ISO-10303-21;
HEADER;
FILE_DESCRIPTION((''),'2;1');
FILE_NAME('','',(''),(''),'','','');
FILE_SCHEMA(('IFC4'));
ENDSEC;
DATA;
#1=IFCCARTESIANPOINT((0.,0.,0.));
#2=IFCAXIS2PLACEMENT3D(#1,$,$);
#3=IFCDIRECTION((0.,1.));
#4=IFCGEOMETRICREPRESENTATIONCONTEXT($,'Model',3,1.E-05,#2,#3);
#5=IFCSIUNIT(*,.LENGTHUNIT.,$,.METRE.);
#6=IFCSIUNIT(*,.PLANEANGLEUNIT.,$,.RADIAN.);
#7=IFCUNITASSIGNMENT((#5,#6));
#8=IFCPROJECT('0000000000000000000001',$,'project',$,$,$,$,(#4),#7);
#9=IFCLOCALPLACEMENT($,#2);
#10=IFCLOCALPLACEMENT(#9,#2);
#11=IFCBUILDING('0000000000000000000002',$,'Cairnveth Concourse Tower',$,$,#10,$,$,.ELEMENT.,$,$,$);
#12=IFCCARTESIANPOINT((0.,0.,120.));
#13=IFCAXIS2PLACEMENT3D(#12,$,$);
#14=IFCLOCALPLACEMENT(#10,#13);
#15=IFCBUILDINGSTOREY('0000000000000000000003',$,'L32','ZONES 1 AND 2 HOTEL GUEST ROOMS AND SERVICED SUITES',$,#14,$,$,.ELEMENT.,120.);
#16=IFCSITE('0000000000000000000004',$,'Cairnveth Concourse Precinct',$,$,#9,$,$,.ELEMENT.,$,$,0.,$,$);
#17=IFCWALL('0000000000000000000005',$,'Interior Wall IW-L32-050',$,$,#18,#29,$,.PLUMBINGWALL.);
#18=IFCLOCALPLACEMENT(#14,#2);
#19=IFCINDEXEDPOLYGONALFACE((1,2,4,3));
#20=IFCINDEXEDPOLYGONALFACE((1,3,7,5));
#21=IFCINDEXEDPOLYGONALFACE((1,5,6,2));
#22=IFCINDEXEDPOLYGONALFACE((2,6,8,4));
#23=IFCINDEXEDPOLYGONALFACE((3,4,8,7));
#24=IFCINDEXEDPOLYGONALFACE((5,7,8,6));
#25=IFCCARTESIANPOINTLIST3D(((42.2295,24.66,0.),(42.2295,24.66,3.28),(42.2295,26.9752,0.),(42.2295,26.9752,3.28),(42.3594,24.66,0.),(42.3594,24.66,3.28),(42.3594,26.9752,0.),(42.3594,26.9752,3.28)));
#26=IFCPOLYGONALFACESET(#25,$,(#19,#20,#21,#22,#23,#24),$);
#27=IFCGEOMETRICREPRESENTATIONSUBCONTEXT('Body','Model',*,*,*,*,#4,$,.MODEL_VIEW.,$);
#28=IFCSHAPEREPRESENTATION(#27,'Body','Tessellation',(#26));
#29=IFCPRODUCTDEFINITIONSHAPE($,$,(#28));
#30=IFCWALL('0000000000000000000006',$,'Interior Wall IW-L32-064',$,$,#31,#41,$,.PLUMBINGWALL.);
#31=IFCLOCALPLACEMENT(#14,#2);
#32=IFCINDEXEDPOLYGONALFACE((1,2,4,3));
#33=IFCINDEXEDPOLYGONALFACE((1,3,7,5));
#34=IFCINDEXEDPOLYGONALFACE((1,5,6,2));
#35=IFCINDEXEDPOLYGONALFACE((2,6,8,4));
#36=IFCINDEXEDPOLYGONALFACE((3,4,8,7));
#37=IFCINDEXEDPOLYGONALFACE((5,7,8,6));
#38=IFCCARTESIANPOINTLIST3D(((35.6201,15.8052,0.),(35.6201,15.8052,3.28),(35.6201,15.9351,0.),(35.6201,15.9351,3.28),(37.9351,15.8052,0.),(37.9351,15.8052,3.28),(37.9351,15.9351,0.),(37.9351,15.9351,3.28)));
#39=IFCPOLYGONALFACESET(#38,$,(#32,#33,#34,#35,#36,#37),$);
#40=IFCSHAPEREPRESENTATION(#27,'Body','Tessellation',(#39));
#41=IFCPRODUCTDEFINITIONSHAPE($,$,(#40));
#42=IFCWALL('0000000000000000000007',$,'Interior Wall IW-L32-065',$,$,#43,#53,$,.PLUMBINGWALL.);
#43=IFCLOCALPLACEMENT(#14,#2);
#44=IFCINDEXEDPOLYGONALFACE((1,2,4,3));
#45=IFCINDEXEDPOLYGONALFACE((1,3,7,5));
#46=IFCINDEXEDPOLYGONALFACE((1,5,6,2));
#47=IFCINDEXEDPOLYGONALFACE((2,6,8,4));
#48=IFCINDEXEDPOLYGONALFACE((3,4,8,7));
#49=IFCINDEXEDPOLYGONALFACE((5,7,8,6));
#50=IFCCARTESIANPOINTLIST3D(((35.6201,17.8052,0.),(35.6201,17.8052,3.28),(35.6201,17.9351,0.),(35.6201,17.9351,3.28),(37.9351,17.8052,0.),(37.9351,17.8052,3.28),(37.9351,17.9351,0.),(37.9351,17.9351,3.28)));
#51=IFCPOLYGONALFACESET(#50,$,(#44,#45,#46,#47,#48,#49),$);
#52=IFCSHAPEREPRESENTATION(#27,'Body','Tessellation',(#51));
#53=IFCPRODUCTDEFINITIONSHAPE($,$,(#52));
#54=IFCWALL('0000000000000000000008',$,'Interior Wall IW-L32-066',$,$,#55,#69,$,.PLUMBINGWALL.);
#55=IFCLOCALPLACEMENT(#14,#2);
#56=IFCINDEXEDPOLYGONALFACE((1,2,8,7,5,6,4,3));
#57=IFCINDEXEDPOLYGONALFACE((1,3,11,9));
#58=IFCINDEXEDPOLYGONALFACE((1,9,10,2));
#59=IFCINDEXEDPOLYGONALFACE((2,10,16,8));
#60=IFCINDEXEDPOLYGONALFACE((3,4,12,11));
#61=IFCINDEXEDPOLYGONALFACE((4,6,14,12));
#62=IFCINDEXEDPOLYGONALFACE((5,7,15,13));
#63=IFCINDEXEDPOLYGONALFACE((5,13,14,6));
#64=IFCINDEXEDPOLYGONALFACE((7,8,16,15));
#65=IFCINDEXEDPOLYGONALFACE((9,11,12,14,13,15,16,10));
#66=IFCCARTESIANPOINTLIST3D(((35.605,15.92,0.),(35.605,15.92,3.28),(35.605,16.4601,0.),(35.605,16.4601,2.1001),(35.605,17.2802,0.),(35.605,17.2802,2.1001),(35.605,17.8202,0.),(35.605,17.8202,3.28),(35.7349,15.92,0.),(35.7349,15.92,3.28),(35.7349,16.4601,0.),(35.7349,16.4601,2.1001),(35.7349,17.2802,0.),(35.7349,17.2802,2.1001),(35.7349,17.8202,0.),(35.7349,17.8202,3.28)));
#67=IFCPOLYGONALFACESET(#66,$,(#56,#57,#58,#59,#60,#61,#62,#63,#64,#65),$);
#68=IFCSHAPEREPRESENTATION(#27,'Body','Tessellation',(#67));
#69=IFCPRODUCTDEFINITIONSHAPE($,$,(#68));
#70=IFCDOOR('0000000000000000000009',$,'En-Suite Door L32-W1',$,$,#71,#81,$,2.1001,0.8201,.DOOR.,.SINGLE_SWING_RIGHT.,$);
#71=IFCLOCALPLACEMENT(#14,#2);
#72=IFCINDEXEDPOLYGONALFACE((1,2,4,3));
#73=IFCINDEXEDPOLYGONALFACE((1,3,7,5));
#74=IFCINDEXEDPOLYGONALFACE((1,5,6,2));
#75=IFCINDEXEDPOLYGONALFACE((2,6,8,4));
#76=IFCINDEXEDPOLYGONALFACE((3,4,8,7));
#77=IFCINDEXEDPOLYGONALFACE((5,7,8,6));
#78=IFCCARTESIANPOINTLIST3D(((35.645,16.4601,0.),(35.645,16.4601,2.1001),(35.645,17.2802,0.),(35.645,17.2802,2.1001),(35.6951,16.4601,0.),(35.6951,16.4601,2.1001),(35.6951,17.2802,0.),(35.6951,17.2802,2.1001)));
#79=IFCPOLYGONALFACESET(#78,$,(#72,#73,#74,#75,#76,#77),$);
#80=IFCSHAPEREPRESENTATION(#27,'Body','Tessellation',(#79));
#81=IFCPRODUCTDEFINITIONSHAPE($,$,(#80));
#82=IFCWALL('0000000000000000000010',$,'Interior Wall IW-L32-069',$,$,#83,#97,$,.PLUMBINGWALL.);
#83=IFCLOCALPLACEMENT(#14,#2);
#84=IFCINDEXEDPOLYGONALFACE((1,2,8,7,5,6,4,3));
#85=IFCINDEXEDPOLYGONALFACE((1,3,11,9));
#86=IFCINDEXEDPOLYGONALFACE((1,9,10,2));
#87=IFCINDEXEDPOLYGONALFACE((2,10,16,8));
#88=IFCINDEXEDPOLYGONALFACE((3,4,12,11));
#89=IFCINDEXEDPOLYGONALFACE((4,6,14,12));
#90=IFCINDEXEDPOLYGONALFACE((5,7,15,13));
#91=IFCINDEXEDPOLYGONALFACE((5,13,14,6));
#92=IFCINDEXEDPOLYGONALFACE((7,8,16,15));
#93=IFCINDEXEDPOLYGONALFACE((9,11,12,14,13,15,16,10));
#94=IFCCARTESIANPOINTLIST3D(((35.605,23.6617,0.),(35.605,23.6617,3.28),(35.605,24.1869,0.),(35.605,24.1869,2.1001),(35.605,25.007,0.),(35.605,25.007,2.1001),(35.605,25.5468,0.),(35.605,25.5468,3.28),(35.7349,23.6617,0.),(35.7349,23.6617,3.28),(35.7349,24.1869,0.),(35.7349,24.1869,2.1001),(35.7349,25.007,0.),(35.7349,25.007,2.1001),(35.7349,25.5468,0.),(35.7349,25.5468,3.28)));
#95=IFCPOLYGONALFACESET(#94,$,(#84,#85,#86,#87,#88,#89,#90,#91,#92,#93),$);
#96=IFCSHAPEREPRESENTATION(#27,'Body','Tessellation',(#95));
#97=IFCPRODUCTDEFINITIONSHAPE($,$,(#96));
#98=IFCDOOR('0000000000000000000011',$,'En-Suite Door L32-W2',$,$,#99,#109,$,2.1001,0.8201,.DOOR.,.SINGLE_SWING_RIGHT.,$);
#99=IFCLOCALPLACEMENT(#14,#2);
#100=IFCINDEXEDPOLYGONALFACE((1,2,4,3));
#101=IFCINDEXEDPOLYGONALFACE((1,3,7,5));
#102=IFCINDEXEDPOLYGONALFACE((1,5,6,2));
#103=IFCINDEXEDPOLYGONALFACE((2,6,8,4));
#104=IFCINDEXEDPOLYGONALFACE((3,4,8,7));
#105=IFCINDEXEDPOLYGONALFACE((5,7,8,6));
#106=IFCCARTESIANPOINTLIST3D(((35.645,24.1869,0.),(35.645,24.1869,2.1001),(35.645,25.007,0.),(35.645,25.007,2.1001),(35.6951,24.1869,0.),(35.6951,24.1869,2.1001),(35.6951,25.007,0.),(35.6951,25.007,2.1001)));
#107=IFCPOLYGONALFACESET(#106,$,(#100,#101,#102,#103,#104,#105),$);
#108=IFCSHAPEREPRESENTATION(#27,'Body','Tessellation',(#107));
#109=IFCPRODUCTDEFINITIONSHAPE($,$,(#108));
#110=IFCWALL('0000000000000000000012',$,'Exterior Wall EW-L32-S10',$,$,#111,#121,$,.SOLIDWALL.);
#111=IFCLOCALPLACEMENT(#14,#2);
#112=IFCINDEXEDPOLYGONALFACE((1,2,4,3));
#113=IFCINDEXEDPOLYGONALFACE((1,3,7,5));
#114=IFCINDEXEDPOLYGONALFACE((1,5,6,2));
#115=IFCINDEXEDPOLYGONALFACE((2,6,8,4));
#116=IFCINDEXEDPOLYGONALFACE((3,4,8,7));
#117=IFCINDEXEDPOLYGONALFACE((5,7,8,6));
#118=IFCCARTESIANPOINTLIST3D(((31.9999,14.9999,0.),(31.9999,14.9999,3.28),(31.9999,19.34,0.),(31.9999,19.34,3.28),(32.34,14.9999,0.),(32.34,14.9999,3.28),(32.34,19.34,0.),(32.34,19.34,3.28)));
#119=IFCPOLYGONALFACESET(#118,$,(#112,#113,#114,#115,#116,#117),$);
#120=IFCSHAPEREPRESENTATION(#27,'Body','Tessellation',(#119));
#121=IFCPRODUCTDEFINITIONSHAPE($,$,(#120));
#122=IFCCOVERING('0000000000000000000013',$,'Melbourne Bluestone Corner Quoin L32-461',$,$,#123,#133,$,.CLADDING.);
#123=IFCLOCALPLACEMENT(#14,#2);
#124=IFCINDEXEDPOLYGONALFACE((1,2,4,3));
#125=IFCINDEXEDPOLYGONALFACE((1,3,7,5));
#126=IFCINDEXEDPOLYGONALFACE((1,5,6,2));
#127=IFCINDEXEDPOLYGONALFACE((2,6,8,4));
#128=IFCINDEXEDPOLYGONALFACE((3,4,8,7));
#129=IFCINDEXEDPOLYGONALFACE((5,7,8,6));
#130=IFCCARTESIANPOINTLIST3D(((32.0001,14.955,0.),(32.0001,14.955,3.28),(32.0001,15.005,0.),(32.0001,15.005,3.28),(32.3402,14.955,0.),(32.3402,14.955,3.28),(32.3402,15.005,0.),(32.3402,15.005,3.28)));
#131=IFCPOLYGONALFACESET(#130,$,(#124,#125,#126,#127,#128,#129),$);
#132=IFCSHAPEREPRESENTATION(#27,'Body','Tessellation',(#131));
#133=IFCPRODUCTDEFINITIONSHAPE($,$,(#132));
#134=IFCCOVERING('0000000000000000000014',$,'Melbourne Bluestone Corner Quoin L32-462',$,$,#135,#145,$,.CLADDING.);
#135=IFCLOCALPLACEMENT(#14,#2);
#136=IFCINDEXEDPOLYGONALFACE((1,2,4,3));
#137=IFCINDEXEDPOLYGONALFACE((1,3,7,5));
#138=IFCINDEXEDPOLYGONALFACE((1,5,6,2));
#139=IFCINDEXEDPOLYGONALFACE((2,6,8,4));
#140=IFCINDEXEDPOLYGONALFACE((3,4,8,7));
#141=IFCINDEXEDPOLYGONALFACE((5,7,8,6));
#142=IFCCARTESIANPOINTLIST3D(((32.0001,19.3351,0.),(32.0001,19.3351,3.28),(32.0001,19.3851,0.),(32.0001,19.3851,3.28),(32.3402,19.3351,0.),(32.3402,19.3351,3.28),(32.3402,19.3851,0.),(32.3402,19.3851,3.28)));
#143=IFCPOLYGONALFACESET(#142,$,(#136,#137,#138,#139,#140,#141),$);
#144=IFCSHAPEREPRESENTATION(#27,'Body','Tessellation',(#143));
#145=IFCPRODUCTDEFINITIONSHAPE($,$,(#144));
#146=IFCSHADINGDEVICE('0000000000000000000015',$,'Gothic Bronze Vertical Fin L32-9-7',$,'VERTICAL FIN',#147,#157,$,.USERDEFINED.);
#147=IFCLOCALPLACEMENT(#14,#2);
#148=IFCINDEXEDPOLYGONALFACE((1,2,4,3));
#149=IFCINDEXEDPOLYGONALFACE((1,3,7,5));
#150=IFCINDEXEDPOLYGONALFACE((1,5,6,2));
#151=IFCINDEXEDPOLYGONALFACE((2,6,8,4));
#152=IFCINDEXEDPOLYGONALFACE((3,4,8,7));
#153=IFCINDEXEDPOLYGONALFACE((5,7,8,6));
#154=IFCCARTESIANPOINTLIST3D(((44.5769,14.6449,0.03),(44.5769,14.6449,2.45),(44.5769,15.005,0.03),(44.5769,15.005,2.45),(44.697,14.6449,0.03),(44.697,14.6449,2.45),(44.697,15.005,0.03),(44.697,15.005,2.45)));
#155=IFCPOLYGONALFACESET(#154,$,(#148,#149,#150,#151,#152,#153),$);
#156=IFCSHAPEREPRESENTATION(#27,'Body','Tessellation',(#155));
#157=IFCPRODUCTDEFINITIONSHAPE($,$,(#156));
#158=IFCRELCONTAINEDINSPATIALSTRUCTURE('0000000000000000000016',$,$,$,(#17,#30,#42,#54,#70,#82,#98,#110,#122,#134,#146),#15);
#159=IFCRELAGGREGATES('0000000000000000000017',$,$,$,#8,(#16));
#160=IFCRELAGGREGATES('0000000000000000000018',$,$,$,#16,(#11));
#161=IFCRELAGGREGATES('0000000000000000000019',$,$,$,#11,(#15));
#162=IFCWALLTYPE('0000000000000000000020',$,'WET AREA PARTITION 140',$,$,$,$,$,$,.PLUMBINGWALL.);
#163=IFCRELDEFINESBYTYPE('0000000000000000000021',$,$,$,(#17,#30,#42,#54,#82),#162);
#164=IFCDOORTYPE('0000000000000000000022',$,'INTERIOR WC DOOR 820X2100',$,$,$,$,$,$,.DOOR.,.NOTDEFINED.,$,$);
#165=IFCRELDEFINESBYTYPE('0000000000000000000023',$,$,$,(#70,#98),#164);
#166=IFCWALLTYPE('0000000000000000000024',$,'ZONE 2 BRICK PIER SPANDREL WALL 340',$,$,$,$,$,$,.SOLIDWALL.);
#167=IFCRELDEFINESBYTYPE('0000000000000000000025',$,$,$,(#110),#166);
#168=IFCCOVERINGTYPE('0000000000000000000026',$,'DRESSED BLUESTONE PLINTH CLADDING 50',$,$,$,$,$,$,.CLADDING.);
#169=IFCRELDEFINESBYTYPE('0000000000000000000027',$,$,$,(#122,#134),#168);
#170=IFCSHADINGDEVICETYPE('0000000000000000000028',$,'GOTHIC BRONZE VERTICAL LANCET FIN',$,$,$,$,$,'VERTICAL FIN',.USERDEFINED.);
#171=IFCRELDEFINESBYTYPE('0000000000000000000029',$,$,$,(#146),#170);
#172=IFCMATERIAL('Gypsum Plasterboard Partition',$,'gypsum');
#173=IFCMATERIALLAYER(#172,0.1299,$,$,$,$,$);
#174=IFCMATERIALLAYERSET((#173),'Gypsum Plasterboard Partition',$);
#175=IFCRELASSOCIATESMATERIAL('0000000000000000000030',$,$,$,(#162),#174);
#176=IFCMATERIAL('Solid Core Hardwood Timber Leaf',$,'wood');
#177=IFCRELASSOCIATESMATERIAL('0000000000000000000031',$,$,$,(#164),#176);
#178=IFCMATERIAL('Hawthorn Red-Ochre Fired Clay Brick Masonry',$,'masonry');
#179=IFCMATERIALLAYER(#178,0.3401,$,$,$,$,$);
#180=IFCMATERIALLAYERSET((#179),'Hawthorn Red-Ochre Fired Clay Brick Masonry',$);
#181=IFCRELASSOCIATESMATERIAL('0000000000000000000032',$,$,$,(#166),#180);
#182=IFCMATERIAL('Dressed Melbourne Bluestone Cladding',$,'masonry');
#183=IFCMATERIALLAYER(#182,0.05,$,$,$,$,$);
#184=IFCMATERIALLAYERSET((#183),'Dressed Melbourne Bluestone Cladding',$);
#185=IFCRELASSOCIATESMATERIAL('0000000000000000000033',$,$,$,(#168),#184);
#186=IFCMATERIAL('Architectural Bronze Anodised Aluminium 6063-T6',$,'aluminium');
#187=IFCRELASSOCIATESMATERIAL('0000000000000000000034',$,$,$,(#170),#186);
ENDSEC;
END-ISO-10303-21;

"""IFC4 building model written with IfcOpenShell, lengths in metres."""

from ifc_helpers import new_model, si_unit, direction, frame, frame_2d, origin, origin_2d, place, context, subcontext, project, spatial, rectangle, extrude, material, layer, layer_set, type_object, element, fill, save


model = new_model("IFC4")

# Units and contexts
model_context = context("Model", 3, precision=1e-05, world=origin(), true_north=direction((0.0, 1.0)))
body_context = subcontext(model_context, "Body", "Model", "MODEL_VIEW")
ifc_project = project(units=[si_unit("LENGTHUNIT", "METRE"), si_unit("PLANEANGLEUNIT", "RADIAN")], contexts=[model_context])

# Site, building, storey
site_placement = place(None, origin())
site = spatial("IfcSite", under=ifc_project, at=site_placement, Name="Cairnveth Concourse Precinct", CompositionType="ELEMENT", RefElevation=0.0)
building_placement = place(site_placement, origin())
building = spatial("IfcBuilding", under=site, at=building_placement, Name="Cairnveth Concourse Tower", CompositionType="ELEMENT")
storey_placement = place(building_placement, frame((0.0, 0.0, 120.0)))
storey = spatial("IfcBuildingStorey", under=building, at=storey_placement, Name="L32", Description="ZONES 1 AND 2 HOTEL GUEST ROOMS AND SERVICED SUITES", CompositionType="ELEMENT", Elevation=120.0)

# Shared definitions
ifc_material_1 = material(Name="Gypsum Plasterboard Partition", Category="gypsum")
ifc_material_2 = material(Name="Solid Core Hardwood Timber Leaf", Category="wood")

# Walls
ifc_layer_1 = layer(ifc_material_1, 0.1299)
ifc_layer_set_1 = layer_set([ifc_layer_1], Name="Gypsum Plasterboard Partition")
wall_type_1 = type_object("IfcWallType", Name="WET AREA PARTITION 140", PredefinedType="PLUMBINGWALL", material=ifc_layer_set_1)
wall_1_placement = place(storey_placement, frame((42.2944, 24.6599, 0.0), z_axis=(0.0, 0.0, 1.0), x_axis=(0.0, 1.0, 0.0)))
element("IfcWall", 1, at=wall_1_placement, inside=storey, type_object=wall_type_1, Name="Interior Wall IW-L32-050", PredefinedType="PLUMBINGWALL", context=body_context, shape_type="SweptSolid", body=[
    extrude(rectangle(XDim=2.3152, YDim=0.1299, at=frame_2d((1.1577, 0.0))), origin(), (0.0, 0.0, 1.0), 3.28),
])
for number, where, z_axis, x_axis, name in (
    (2, (35.6201, 15.8701, 0.0), (0.0, 0.0, 1.0), (1.0, 0.0, 0.0), "Interior Wall IW-L32-064"),
    (3, (35.6201, 17.8701, 0.0), (0.0, 0.0, 1.0), (1.0, 0.0, 0.0), "Interior Wall IW-L32-065"),
):
    element("IfcWall", number, at=place(storey_placement, frame(where, z_axis=z_axis, x_axis=x_axis)), inside=storey, type_object=wall_type_1, Name=name, PredefinedType="PLUMBINGWALL", context=body_context, shape_type="SweptSolid", body=[
        extrude(rectangle(XDim=2.3149, YDim=0.1299, at=frame_2d((1.1575, 0.0))), origin(), (0.0, 0.0, 1.0), 3.28),
    ])

# Walls, openings, doors
wall_2_placement = place(storey_placement, frame((35.6699, 15.9199, 0.0), z_axis=(0.0, 0.0, 1.0), x_axis=(0.0, 1.0, 0.0)))
wall_2 = element("IfcWall", 4, at=wall_2_placement, inside=storey, type_object=wall_type_1, Name="Interior Wall IW-L32-066", PredefinedType="PLUMBINGWALL", context=body_context, shape_type="SweptSolid", body=[
    extrude(rectangle(XDim=1.9001, YDim=0.1299, at=frame_2d((0.9502, 0.0))), origin(), (0.0, 0.0, 1.0), 3.28),
])
opening_1_placement = place(wall_2_placement, frame((0.54, 0.0, 0.0)))
opening_1 = element("IfcOpeningElement", 5, at=opening_1_placement, cuts=wall_2, PredefinedType="OPENING", context=body_context, shape_type="SweptSolid", body=[
    extrude(rectangle(XDim=0.8201, YDim=2.1001, at=frame_2d((0.4102, 1.05))), frame((0.0, 0.075, 0.0), z_axis=(0.0, -1.0, 0.0), x_axis=(1.0, 0.0, 0.0)), (0.0, 0.0, 1.0), 0.1499),
])
door_type_1 = type_object("IfcDoorType", Name="INTERIOR WC DOOR 820X2100", OperationType="NOTDEFINED", PredefinedType="DOOR", material=ifc_material_2)
door_1_placement = place(opening_1_placement, origin())
door_1 = element("IfcDoor", 6, at=door_1_placement, inside=storey, type_object=door_type_1, Name="En-Suite Door L32-W1", OperationType="SINGLE_SWING_RIGHT", OverallHeight=2.1001, OverallWidth=0.8201, PredefinedType="DOOR", context=body_context, shape_type="SweptSolid", body=[
    extrude(rectangle(XDim=0.8201, YDim=2.1001, at=frame_2d((0.4102, 1.05))), frame((0.0, 0.0249, 0.0), z_axis=(0.0, -1.0, 0.0), x_axis=(1.0, 0.0, 0.0)), (0.0, 0.0, 1.0), 0.05),
])
fill(opening_1, door_1)
wall_3_placement = place(storey_placement, frame((35.6699, 23.6619, 0.0), z_axis=(0.0, 0.0, 1.0), x_axis=(0.0, 1.0, 0.0)))
wall_3 = element("IfcWall", 7, at=wall_3_placement, inside=storey, type_object=wall_type_1, Name="Interior Wall IW-L32-069", PredefinedType="PLUMBINGWALL", context=body_context, shape_type="SweptSolid", body=[
    extrude(rectangle(XDim=1.885, YDim=0.1299, at=frame_2d((0.9424, 0.0))), origin(), (0.0, 0.0, 1.0), 3.28),
])
opening_2_placement = place(wall_3_placement, frame((0.5249, 0.0, 0.0)))
opening_2 = element("IfcOpeningElement", 8, at=opening_2_placement, cuts=wall_3, PredefinedType="OPENING", context=body_context, shape_type="SweptSolid", body=[
    extrude(rectangle(XDim=0.8201, YDim=2.1001, at=frame_2d((0.4102, 1.05))), frame((0.0, 0.075, 0.0), z_axis=(0.0, -1.0, 0.0), x_axis=(1.0, 0.0, 0.0)), (0.0, 0.0, 1.0), 0.1499),
])
door_2_placement = place(opening_2_placement, origin())
door_2 = element("IfcDoor", 9, at=door_2_placement, inside=storey, type_object=door_type_1, Name="En-Suite Door L32-W2", OperationType="SINGLE_SWING_RIGHT", OverallHeight=2.1001, OverallWidth=0.8201, PredefinedType="DOOR", context=body_context, shape_type="SweptSolid", body=[
    extrude(rectangle(XDim=0.8201, YDim=2.1001, at=frame_2d((0.4102, 1.05))), frame((0.0, 0.0249, 0.0), z_axis=(0.0, -1.0, 0.0), x_axis=(1.0, 0.0, 0.0)), (0.0, 0.0, 1.0), 0.05),
])
fill(opening_2, door_2)

# Wall
ifc_material_3 = material(Name="Hawthorn Red-Ochre Fired Clay Brick Masonry", Category="masonry")
ifc_layer_2 = layer(ifc_material_3, 0.3401)
ifc_layer_set_2 = layer_set([ifc_layer_2], Name="Hawthorn Red-Ochre Fired Clay Brick Masonry")
wall_type_2 = type_object("IfcWallType", Name="ZONE 2 BRICK PIER SPANDREL WALL 340", PredefinedType="SOLIDWALL", material=ifc_layer_set_2)
wall_4_placement = place(storey_placement, frame((32.1699, 15.0, 0.0), z_axis=(0.0, 0.0, 1.0), x_axis=(0.0, 1.0, 0.0)))
element("IfcWall", 10, at=wall_4_placement, inside=storey, type_object=wall_type_2, Name="Exterior Wall EW-L32-S10", PredefinedType="SOLIDWALL", context=body_context, shape_type="SweptSolid", body=[
    extrude(rectangle(XDim=4.3401, YDim=0.3401, at=frame_2d((2.1699, 0.0))), origin(), (0.0, 0.0, 1.0), 3.28),
])

# Coverings
ifc_material_4 = material(Name="Dressed Melbourne Bluestone Cladding", Category="masonry")
ifc_layer_3 = layer(ifc_material_4, 0.05)
ifc_layer_set_3 = layer_set([ifc_layer_3], Name="Dressed Melbourne Bluestone Cladding")
covering_type = type_object("IfcCoveringType", Name="DRESSED BLUESTONE PLINTH CLADDING 50", PredefinedType="CLADDING", material=ifc_layer_set_3)
for number, where, z_axis, x_axis, name in (
    (11, (32.3401, 14.98, 0.0), (0.0, 0.0, 1.0), (-1.0, 0.0, 0.0), "Melbourne Bluestone Corner Quoin L32-461"),
    (12, (32.3401, 19.3601, 0.0), (0.0, 0.0, 1.0), (-1.0, 0.0, 0.0), "Melbourne Bluestone Corner Quoin L32-462"),
):
    element("IfcCovering", number, at=place(storey_placement, frame(where, z_axis=z_axis, x_axis=x_axis)), inside=storey, type_object=covering_type, Name=name, PredefinedType="CLADDING", context=body_context, shape_type="SweptSolid", body=[
        extrude(rectangle(XDim=0.3401, YDim=0.05, at=frame_2d((0.1699, 0.0))), origin(), (0.0, 0.0, 1.0), 3.28),
    ])

# Shading device
ifc_material_5 = material(Name="Architectural Bronze Anodised Aluminium 6063-T6", Category="aluminium")
shading_device_type = type_object("IfcShadingDeviceType", Name="GOTHIC BRONZE VERTICAL LANCET FIN", ElementType="VERTICAL FIN", PredefinedType="USERDEFINED", material=ifc_material_5)
shading_device_placement = place(storey_placement, frame((44.637, 14.825, 0.03), z_axis=(0.0, 0.0, 1.0), x_axis=(1.0, 0.0, 0.0)))
element("IfcShadingDevice", 13, at=shading_device_placement, inside=storey, type_object=shading_device_type, Name="Gothic Bronze Vertical Fin L32-9-7", ObjectType="VERTICAL FIN", PredefinedType="USERDEFINED", context=body_context, shape_type="SweptSolid", body=[
    extrude(rectangle(XDim=0.1201, YDim=0.3601, at=origin_2d()), origin(), (0.0, 0.0, 1.0), 2.4199),
])

save(model, "model.ifc")
